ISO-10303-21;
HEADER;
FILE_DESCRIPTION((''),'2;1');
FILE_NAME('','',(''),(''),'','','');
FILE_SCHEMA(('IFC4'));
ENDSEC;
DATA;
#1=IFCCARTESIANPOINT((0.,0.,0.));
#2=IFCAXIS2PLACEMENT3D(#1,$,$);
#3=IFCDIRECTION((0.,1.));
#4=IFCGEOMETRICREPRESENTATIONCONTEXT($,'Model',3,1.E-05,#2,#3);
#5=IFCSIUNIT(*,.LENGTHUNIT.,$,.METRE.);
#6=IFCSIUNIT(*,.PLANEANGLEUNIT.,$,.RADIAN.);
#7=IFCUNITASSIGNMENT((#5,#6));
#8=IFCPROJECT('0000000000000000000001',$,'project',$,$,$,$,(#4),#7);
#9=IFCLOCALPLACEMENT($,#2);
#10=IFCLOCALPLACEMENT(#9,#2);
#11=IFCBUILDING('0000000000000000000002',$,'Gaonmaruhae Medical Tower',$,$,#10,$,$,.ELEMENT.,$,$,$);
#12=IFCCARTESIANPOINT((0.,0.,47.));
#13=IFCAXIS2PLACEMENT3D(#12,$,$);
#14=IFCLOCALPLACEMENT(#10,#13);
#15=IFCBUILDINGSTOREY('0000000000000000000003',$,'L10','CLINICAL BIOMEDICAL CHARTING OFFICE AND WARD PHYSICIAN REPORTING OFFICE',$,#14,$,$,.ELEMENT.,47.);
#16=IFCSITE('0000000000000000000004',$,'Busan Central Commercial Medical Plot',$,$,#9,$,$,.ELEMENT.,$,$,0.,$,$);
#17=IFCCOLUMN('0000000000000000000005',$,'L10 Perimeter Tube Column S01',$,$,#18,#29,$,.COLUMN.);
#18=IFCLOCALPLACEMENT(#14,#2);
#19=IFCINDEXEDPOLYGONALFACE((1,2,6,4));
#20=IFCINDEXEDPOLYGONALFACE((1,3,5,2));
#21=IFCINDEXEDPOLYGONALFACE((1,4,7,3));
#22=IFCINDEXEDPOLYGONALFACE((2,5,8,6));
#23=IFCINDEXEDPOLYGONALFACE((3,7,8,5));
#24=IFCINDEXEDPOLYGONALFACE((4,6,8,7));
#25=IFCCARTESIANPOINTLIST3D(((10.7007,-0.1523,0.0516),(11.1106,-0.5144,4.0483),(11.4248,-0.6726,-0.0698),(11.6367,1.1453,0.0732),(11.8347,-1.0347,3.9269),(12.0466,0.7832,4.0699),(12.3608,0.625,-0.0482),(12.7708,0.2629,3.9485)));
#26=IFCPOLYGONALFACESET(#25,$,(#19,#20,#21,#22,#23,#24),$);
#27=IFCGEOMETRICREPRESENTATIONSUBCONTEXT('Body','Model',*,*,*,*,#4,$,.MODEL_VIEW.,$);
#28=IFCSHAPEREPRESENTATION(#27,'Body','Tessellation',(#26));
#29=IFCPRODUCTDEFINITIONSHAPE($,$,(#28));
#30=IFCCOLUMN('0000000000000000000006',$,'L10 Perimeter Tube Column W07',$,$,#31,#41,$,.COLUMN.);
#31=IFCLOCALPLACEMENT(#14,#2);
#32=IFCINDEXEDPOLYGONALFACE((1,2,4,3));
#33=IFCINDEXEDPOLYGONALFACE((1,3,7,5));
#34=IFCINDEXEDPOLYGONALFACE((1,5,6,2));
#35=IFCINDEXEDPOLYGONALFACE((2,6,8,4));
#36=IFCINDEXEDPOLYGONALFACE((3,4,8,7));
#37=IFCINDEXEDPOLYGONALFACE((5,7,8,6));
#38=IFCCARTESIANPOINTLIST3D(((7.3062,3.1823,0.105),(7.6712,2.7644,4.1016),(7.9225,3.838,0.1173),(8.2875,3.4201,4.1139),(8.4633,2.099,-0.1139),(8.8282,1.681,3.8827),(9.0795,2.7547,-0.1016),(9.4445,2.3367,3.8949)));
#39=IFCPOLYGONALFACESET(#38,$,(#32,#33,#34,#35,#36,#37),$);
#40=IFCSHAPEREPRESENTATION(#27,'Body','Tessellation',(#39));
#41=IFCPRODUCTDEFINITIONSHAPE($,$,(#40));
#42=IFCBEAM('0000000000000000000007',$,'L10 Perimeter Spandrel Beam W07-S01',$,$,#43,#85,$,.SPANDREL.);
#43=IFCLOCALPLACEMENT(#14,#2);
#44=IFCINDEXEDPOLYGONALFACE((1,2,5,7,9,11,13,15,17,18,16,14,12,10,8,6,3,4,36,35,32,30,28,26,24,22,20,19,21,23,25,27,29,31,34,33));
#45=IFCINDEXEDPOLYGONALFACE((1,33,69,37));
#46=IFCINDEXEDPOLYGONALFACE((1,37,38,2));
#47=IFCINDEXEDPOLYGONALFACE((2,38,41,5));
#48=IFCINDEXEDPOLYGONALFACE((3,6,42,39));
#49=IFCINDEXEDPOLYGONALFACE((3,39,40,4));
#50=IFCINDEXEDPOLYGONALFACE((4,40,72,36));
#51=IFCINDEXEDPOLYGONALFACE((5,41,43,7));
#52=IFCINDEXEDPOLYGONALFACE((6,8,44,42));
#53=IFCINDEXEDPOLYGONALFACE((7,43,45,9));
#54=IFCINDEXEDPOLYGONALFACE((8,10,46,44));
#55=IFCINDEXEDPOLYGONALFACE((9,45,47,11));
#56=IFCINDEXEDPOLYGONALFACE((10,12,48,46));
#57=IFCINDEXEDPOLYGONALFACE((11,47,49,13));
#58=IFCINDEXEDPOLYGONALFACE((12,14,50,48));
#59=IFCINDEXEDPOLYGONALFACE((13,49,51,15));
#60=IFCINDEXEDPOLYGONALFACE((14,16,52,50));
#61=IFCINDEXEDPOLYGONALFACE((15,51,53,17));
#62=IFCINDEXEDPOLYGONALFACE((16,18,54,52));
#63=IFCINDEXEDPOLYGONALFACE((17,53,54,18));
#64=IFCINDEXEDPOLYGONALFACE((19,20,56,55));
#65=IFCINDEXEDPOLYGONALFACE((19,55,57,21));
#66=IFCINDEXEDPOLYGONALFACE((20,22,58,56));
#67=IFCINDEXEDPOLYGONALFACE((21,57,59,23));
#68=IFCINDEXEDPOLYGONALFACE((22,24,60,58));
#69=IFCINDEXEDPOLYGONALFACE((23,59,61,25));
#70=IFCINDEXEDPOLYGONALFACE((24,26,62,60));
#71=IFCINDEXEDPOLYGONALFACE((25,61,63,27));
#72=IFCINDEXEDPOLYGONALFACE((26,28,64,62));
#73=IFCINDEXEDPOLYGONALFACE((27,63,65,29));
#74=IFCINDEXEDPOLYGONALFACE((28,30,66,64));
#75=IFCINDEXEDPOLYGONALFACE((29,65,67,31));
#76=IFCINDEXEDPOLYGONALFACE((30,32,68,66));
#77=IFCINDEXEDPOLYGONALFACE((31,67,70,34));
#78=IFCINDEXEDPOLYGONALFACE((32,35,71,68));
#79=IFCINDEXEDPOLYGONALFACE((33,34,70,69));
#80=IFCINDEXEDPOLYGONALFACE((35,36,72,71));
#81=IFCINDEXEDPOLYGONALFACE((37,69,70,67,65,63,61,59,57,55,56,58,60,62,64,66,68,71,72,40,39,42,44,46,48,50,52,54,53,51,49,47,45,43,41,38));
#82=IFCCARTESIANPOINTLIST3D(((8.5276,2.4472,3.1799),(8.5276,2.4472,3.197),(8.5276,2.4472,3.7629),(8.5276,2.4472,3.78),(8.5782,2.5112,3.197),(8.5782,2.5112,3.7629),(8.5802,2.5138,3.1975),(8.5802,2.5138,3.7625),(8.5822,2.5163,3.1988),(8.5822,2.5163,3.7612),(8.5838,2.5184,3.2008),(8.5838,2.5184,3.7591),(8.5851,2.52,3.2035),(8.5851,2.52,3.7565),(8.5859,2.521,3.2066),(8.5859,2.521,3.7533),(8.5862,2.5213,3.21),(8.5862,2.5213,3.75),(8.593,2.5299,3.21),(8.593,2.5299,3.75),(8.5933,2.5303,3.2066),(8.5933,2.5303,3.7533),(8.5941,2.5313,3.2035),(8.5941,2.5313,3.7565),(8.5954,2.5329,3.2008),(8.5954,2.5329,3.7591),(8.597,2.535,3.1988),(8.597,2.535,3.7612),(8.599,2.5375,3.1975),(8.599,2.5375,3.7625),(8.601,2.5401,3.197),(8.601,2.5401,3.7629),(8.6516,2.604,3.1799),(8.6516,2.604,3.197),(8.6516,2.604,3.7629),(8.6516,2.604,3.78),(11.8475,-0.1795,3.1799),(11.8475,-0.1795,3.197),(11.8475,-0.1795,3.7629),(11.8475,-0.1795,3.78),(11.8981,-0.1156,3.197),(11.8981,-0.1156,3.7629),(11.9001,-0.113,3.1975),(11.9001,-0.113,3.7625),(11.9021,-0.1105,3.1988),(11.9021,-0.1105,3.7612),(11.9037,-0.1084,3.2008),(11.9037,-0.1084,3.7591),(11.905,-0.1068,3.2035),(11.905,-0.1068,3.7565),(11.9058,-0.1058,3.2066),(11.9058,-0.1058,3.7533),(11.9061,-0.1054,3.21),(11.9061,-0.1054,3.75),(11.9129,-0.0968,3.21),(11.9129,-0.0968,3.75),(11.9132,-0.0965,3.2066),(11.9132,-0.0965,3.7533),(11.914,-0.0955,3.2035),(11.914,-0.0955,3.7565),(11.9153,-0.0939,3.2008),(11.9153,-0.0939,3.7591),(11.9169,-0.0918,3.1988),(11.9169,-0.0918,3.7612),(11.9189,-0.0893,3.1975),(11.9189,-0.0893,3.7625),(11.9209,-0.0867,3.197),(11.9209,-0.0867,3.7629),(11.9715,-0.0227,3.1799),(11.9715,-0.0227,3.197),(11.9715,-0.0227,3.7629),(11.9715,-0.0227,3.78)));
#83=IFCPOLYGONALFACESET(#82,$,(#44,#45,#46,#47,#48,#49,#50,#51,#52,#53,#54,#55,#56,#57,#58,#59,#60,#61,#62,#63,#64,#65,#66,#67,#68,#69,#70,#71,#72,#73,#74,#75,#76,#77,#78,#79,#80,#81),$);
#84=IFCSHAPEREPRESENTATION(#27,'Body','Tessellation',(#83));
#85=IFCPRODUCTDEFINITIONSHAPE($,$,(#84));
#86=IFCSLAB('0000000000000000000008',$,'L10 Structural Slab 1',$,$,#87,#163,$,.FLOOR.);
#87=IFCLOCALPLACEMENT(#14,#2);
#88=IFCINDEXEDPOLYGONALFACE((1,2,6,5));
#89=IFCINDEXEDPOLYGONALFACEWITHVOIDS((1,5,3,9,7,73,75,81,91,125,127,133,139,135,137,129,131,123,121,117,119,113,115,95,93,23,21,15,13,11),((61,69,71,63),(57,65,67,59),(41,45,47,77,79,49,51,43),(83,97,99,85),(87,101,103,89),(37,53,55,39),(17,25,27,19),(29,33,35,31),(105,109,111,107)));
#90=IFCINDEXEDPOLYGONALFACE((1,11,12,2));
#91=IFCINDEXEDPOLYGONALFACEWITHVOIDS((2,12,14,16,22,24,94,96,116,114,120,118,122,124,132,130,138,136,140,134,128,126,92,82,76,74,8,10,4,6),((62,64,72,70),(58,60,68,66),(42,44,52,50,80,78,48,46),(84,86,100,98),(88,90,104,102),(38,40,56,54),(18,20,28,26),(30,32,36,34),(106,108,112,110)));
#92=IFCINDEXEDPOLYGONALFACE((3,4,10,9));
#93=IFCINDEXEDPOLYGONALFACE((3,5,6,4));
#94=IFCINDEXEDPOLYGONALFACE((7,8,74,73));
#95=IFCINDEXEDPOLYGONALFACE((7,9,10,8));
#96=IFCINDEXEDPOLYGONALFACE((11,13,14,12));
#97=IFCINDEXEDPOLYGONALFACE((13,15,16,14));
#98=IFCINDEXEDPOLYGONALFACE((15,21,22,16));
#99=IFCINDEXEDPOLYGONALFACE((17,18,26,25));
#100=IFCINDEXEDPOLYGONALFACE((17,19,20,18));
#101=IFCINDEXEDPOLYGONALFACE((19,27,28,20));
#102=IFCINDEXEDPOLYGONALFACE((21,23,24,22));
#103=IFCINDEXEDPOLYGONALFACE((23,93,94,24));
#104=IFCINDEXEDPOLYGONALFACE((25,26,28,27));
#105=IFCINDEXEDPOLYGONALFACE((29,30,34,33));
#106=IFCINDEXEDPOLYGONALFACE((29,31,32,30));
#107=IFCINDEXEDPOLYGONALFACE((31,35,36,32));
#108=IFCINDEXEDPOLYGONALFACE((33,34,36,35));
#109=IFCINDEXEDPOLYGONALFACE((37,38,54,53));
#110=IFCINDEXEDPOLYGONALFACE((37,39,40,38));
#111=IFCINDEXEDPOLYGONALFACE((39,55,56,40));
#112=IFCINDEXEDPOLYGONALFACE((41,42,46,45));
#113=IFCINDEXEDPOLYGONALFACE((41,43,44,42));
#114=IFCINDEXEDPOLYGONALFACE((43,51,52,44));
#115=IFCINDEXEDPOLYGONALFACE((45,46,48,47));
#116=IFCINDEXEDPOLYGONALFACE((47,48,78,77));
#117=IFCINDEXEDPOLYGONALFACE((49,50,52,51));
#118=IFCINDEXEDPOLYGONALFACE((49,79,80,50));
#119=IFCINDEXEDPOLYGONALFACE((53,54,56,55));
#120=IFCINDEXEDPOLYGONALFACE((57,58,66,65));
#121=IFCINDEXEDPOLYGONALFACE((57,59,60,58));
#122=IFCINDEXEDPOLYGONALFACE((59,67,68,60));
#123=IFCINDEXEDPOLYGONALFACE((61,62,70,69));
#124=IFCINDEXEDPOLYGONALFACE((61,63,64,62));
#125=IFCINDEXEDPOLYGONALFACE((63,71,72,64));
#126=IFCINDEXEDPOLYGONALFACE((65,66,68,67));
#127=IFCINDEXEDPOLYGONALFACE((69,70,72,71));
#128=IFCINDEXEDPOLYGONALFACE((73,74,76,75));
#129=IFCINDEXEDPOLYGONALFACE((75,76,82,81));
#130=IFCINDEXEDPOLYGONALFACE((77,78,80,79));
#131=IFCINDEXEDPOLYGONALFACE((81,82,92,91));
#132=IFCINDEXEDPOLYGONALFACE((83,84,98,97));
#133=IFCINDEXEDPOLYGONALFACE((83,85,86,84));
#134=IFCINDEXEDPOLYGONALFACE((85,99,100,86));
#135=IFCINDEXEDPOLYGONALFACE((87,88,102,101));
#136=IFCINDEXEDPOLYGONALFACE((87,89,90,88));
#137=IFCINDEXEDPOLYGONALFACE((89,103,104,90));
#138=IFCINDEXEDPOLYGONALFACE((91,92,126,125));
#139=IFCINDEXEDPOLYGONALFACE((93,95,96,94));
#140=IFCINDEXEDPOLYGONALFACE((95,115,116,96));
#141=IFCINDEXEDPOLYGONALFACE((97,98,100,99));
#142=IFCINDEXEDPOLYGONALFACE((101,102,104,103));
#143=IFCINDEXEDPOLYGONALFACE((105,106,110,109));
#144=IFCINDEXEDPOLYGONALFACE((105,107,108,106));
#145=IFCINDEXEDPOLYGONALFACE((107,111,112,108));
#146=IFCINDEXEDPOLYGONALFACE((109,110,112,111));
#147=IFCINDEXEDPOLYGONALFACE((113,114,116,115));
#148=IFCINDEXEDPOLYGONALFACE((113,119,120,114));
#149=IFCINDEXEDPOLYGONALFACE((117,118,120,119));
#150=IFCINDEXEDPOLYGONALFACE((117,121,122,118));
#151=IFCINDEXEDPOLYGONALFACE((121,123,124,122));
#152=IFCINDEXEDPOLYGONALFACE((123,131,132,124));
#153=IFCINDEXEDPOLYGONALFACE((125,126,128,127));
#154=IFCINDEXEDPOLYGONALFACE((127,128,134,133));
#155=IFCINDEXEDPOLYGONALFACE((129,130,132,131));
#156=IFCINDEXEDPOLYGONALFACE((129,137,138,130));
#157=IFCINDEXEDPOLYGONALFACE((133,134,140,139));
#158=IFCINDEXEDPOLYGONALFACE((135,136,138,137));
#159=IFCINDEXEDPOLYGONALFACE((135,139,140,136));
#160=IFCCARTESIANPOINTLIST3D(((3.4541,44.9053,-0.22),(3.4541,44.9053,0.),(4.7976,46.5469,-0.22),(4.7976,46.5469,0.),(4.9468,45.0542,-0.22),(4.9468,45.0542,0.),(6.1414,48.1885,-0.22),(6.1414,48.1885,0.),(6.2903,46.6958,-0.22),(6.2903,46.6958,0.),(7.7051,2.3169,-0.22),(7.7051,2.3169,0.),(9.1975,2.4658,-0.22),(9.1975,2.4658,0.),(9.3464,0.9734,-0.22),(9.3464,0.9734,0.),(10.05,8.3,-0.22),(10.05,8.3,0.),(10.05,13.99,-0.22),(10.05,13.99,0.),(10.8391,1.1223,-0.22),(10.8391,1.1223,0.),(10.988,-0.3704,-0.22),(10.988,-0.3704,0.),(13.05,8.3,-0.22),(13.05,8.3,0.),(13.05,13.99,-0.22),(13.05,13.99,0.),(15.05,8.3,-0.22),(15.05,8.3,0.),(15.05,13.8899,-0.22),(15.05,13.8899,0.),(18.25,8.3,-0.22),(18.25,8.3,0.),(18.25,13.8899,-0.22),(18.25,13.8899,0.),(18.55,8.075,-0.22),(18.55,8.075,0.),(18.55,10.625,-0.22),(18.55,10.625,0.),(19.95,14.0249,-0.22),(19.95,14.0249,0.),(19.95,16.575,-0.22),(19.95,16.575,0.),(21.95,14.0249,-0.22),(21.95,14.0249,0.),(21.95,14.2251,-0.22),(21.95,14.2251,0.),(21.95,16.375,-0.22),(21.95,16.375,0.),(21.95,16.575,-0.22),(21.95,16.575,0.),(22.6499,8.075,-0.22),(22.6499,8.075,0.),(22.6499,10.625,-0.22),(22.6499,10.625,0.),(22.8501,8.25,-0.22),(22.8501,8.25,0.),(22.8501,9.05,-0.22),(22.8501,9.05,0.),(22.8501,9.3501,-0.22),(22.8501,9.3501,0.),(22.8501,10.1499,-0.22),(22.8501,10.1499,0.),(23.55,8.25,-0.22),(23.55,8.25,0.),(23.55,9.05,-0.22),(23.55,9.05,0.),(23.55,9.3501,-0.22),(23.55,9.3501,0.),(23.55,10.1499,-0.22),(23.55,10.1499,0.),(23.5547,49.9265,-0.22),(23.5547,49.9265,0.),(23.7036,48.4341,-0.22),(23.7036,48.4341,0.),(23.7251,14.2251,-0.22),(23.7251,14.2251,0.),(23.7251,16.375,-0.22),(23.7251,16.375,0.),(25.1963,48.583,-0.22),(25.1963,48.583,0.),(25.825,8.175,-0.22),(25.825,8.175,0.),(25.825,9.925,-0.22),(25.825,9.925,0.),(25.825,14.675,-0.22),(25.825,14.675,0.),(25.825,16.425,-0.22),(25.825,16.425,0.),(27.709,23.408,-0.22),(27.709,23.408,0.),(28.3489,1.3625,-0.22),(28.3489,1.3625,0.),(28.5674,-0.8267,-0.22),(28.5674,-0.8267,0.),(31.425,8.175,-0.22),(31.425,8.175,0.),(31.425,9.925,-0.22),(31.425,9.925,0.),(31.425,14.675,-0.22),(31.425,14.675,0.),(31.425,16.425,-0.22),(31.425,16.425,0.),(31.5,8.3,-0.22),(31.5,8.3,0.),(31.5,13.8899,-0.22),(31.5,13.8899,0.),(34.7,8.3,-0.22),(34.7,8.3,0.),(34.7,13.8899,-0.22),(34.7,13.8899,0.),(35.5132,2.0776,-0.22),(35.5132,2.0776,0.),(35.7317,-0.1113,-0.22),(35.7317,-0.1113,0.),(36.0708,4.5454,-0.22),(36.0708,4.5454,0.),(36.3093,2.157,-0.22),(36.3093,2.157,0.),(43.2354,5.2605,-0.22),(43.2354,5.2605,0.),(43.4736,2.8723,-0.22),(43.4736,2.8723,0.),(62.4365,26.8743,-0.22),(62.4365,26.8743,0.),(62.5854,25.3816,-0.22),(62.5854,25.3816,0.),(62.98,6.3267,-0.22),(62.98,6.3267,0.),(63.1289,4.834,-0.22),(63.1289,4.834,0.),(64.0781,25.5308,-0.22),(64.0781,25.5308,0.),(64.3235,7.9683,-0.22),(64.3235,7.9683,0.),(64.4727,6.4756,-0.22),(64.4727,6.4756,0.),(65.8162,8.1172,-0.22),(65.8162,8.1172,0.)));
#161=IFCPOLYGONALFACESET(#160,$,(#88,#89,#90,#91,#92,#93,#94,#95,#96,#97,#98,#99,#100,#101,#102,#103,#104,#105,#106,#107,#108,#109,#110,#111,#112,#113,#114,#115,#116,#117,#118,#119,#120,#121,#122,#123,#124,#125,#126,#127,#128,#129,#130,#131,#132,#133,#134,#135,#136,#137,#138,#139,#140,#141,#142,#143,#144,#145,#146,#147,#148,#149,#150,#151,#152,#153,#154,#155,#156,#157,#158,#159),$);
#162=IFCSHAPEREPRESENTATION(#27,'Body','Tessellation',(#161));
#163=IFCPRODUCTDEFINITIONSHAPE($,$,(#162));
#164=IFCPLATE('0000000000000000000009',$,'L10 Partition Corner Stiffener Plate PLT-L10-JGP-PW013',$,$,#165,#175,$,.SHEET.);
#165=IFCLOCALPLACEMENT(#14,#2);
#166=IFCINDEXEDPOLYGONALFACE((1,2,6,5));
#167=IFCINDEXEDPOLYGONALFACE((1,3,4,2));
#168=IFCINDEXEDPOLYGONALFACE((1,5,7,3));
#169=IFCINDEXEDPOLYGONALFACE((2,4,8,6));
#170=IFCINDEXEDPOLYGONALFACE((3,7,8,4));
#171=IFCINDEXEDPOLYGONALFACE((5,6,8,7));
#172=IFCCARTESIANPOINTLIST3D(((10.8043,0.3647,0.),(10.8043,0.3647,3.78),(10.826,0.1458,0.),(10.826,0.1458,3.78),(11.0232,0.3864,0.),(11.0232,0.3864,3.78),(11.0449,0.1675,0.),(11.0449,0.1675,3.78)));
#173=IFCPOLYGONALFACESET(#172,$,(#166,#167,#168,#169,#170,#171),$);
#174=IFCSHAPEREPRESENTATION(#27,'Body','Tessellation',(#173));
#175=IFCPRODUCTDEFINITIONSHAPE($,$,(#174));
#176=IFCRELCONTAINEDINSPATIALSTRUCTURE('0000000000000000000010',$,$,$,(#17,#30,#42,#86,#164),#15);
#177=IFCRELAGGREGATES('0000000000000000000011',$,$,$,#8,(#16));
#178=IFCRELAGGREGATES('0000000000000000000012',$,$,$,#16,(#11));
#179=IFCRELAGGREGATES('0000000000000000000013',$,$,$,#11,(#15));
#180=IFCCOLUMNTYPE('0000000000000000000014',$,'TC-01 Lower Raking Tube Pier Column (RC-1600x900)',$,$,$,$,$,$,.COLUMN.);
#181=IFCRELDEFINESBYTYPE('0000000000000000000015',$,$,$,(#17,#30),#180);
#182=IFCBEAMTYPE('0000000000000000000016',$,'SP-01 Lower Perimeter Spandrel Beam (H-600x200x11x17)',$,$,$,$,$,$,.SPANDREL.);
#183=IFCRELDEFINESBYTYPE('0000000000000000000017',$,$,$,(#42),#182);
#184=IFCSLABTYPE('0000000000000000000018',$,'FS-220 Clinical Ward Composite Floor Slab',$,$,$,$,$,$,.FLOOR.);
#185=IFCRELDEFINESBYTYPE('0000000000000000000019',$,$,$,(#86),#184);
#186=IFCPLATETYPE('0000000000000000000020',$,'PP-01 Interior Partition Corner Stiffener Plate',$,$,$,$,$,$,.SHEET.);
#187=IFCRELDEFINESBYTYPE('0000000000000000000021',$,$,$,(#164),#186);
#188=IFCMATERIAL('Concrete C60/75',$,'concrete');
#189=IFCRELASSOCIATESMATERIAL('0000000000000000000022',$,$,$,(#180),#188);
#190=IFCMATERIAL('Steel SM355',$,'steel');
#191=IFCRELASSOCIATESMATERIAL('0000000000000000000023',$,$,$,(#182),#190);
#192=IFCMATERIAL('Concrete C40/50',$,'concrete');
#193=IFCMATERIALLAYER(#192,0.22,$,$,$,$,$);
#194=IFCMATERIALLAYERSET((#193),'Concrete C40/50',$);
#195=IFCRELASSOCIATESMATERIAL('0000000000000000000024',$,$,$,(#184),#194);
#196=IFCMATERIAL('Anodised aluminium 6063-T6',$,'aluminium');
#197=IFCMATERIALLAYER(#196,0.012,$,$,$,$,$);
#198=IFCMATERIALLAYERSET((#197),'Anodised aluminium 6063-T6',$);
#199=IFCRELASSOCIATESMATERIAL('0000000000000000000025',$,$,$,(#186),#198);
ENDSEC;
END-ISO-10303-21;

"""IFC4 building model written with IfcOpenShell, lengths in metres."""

from ifc_helpers import new_model, si_unit, direction, frame, origin, origin_2d, place, context, subcontext, project, spatial, polyline, rectangle, i_section, outline, extrude, material, layer, layer_set, material_profile, profile_set, type_object, element, save


model = new_model("IFC4")

# Units and contexts
model_context = context("Model", 3, precision=1e-05, world=origin(), true_north=direction((0.0, 1.0)))
body_context = subcontext(model_context, "Body", "Model", "MODEL_VIEW")
ifc_project = project(units=[si_unit("LENGTHUNIT", "METRE"), si_unit("PLANEANGLEUNIT", "RADIAN")], contexts=[model_context])

# Site, building, storey
site_placement = place(None, origin())
site = spatial("IfcSite", under=ifc_project, at=site_placement, Name="Busan Central Commercial Medical Plot", CompositionType="ELEMENT", RefElevation=0.0)
building_placement = place(site_placement, origin())
building = spatial("IfcBuilding", under=site, at=building_placement, Name="Gaonmaruhae Medical Tower", CompositionType="ELEMENT")
storey_placement = place(building_placement, frame((0.0, 0.0, 47.0)))
storey = spatial("IfcBuildingStorey", under=building, at=storey_placement, Name="L10", Description="CLINICAL BIOMEDICAL CHARTING OFFICE AND WARD PHYSICIAN REPORTING OFFICE", CompositionType="ELEMENT", Elevation=47.0)

# Columns
ifc_material_1 = material(Name="Concrete C60/75", Category="concrete")
ifc_material_profile_1 = material_profile(ifc_material_1, rectangle(XDim=1.6001, YDim=0.8999, at=origin_2d()), Name="RC-1600x900")
ifc_profile_set_1 = profile_set([ifc_material_profile_1], Name="Concrete C60/75")
column_type = type_object("IfcColumnType", Name="TC-01 Lower Raking Tube Pier Column (RC-1600x900)", PredefinedType="COLUMN", material=ifc_profile_set_1)
column_1_placement = place(storey_placement, frame((11.5308, 0.2363, 0.0017), z_axis=(0.101619, -0.089756, 0.990766), x_axis=(0.584979, 0.810936, 0.013466)))
element("IfcColumn", 1, at=column_1_placement, inside=storey, type_object=column_type, Name="L10 Perimeter Tube Column S01", PredefinedType="COLUMN", context=body_context, shape_type="SweptSolid", body=[
    extrude(rectangle(XDim=1.6001, YDim=0.8999, at=origin_2d()), origin(), (0.0, 0.0, 1.0), 4.0339),
])
column_2_placement = place(storey_placement, frame((8.1929, 2.9685, 0.0017), z_axis=(0.090458, -0.103588, 0.990498), x_axis=(-0.723096, 0.677056, 0.136845)))
element("IfcColumn", 2, at=column_2_placement, inside=storey, type_object=column_type, Name="L10 Perimeter Tube Column W07", PredefinedType="COLUMN", context=body_context, shape_type="SweptSolid", body=[
    extrude(rectangle(XDim=1.6001, YDim=0.8999, at=origin_2d()), origin(), (0.0, 0.0, 1.0), 4.0349),
])

# Beam
ifc_material_2 = material(Name="Steel SM355", Category="steel")
ifc_material_profile_2 = material_profile(ifc_material_2, i_section(OverallWidth=0.2, OverallDepth=0.6001, WebThickness=0.011, FlangeThickness=0.0171, FilletRadius=0.0129, at=origin_2d()), Name="H-600x200x11x17")
ifc_profile_set_2 = profile_set([ifc_material_profile_2], Name="Steel SM355")
beam_type = type_object("IfcBeamType", Name="SP-01 Lower Perimeter Spandrel Beam (H-600x200x11x17)", PredefinedType="SPANDREL", material=ifc_profile_set_2)
beam_placement = place(storey_placement, frame((8.5896, 2.5256, 3.48), z_axis=(0.784217, -0.620487, 0.0), x_axis=(0.620487, 0.784217, 0.0)))
element("IfcBeam", 3, at=beam_placement, inside=storey, type_object=beam_type, Name="L10 Perimeter Spandrel Beam W07-S01", PredefinedType="SPANDREL", context=body_context, shape_type="SweptSolid", body=[
    extrude(i_section(OverallWidth=0.2, OverallDepth=0.6001, WebThickness=0.011, FlangeThickness=0.0171, FilletRadius=0.0129, at=origin_2d()), origin(), (0.0, 0.0, 1.0), 4.2334),
])

# Slab
ifc_material_3 = material(Name="Concrete C40/50", Category="concrete")
ifc_layer_1 = layer(ifc_material_3, 0.22)
ifc_layer_set_1 = layer_set([ifc_layer_1], Name="Concrete C40/50")
slab_type_1 = type_object("IfcSlabType", Name="FS-220 Clinical Ward Composite Floor Slab", PredefinedType="FLOOR", material=ifc_layer_set_1)
slab_1_placement = place(storey_placement, frame((0.0, 0.0, -0.22)))
element("IfcSlab", 4, at=slab_1_placement, inside=storey, type_object=slab_type_1, Name="L10 Structural Slab 1", PredefinedType="FLOOR", context=body_context, shape_type="SweptSolid", body=[
    extrude(outline(polyline([(10.8391, 1.1223), (9.3464, 0.9734), (9.1975, 2.4658), (7.7051, 2.3169), (3.4541, 44.9053), (4.9468, 45.0542), (4.7976, 46.5469), (6.2903, 46.6958), (6.1414, 48.1885), (23.5547, 49.9265), (23.7036, 48.4341), (25.1963, 48.583), (27.709, 23.408), (62.4365, 26.8743), (62.5854, 25.3816), (64.0781, 25.5308), (65.8162, 8.1172), (64.3235, 7.9683), (64.4727, 6.4756), (62.98, 6.3267), (63.1289, 4.834), (43.4736, 2.8723), (43.2354, 5.2605), (36.0708, 4.5454), (36.3093, 2.157), (35.5132, 2.0776), (35.7317, -0.1113), (28.5674, -0.8267), (28.3489, 1.3625), (10.988, -0.3704), (10.8391, 1.1223)]), holes=[polyline([(23.55, 8.25), (22.8501, 8.25), (22.8501, 9.05), (23.55, 9.05), (23.55, 8.25)]), polyline([(25.825, 9.925), (31.425, 9.925), (31.425, 8.175), (25.825, 8.175), (25.825, 9.925)]), polyline([(22.6499, 10.625), (22.6499, 8.075), (18.55, 8.075), (18.55, 10.625), (22.6499, 10.625)]), polyline([(23.55, 9.3501), (22.8501, 9.3501), (22.8501, 10.1499), (23.55, 10.1499), (23.55, 9.3501)]), polyline([(15.05, 13.8899), (18.25, 13.8899), (18.25, 8.3), (15.05, 8.3), (15.05, 13.8899)]), polyline([(31.5, 13.8899), (34.7, 13.8899), (34.7, 8.3), (31.5, 8.3), (31.5, 13.8899)]), polyline([(10.05, 13.99), (13.05, 13.99), (13.05, 8.3), (10.05, 8.3), (10.05, 13.99)]), polyline([(21.95, 14.0249), (19.95, 14.0249), (19.95, 16.575), (21.95, 16.575), (21.95, 16.375), (23.7251, 16.375), (23.7251, 14.2251), (21.95, 14.2251), (21.95, 14.0249)]), polyline([(31.425, 16.425), (31.425, 14.675), (25.825, 14.675), (25.825, 16.425), (31.425, 16.425)])]), origin(), (0.0, 0.0, 1.0), 0.22),
])

# Plate
ifc_material_4 = material(Name="Anodised aluminium 6063-T6", Category="aluminium")
ifc_layer_2 = layer(ifc_material_4, 0.012)
ifc_layer_set_2 = layer_set([ifc_layer_2], Name="Anodised aluminium 6063-T6")
plate_type = type_object("IfcPlateType", Name="PP-01 Interior Partition Corner Stiffener Plate", PredefinedType="SHEET", material=ifc_layer_set_2)
for number, where, z_axis, x_axis, name in (
    (5, (10.9246, 0.2661, 0.0), (0.0, 0.0, 1.0), (-0.098573, 0.99513, 0.0), "L10 Partition Corner Stiffener Plate PLT-L10-JGP-PW013"),
):
    element("IfcPlate", number, at=place(storey_placement, frame(where, z_axis=z_axis, x_axis=x_axis)), inside=storey, type_object=plate_type, Name=name, PredefinedType="SHEET", context=body_context, shape_type="SweptSolid", body=[
        extrude(rectangle(XDim=0.22, YDim=0.22, at=origin_2d()), origin(), (0.0, 0.0, 1.0), 3.78),
    ])

save(model, "model.ifc")
